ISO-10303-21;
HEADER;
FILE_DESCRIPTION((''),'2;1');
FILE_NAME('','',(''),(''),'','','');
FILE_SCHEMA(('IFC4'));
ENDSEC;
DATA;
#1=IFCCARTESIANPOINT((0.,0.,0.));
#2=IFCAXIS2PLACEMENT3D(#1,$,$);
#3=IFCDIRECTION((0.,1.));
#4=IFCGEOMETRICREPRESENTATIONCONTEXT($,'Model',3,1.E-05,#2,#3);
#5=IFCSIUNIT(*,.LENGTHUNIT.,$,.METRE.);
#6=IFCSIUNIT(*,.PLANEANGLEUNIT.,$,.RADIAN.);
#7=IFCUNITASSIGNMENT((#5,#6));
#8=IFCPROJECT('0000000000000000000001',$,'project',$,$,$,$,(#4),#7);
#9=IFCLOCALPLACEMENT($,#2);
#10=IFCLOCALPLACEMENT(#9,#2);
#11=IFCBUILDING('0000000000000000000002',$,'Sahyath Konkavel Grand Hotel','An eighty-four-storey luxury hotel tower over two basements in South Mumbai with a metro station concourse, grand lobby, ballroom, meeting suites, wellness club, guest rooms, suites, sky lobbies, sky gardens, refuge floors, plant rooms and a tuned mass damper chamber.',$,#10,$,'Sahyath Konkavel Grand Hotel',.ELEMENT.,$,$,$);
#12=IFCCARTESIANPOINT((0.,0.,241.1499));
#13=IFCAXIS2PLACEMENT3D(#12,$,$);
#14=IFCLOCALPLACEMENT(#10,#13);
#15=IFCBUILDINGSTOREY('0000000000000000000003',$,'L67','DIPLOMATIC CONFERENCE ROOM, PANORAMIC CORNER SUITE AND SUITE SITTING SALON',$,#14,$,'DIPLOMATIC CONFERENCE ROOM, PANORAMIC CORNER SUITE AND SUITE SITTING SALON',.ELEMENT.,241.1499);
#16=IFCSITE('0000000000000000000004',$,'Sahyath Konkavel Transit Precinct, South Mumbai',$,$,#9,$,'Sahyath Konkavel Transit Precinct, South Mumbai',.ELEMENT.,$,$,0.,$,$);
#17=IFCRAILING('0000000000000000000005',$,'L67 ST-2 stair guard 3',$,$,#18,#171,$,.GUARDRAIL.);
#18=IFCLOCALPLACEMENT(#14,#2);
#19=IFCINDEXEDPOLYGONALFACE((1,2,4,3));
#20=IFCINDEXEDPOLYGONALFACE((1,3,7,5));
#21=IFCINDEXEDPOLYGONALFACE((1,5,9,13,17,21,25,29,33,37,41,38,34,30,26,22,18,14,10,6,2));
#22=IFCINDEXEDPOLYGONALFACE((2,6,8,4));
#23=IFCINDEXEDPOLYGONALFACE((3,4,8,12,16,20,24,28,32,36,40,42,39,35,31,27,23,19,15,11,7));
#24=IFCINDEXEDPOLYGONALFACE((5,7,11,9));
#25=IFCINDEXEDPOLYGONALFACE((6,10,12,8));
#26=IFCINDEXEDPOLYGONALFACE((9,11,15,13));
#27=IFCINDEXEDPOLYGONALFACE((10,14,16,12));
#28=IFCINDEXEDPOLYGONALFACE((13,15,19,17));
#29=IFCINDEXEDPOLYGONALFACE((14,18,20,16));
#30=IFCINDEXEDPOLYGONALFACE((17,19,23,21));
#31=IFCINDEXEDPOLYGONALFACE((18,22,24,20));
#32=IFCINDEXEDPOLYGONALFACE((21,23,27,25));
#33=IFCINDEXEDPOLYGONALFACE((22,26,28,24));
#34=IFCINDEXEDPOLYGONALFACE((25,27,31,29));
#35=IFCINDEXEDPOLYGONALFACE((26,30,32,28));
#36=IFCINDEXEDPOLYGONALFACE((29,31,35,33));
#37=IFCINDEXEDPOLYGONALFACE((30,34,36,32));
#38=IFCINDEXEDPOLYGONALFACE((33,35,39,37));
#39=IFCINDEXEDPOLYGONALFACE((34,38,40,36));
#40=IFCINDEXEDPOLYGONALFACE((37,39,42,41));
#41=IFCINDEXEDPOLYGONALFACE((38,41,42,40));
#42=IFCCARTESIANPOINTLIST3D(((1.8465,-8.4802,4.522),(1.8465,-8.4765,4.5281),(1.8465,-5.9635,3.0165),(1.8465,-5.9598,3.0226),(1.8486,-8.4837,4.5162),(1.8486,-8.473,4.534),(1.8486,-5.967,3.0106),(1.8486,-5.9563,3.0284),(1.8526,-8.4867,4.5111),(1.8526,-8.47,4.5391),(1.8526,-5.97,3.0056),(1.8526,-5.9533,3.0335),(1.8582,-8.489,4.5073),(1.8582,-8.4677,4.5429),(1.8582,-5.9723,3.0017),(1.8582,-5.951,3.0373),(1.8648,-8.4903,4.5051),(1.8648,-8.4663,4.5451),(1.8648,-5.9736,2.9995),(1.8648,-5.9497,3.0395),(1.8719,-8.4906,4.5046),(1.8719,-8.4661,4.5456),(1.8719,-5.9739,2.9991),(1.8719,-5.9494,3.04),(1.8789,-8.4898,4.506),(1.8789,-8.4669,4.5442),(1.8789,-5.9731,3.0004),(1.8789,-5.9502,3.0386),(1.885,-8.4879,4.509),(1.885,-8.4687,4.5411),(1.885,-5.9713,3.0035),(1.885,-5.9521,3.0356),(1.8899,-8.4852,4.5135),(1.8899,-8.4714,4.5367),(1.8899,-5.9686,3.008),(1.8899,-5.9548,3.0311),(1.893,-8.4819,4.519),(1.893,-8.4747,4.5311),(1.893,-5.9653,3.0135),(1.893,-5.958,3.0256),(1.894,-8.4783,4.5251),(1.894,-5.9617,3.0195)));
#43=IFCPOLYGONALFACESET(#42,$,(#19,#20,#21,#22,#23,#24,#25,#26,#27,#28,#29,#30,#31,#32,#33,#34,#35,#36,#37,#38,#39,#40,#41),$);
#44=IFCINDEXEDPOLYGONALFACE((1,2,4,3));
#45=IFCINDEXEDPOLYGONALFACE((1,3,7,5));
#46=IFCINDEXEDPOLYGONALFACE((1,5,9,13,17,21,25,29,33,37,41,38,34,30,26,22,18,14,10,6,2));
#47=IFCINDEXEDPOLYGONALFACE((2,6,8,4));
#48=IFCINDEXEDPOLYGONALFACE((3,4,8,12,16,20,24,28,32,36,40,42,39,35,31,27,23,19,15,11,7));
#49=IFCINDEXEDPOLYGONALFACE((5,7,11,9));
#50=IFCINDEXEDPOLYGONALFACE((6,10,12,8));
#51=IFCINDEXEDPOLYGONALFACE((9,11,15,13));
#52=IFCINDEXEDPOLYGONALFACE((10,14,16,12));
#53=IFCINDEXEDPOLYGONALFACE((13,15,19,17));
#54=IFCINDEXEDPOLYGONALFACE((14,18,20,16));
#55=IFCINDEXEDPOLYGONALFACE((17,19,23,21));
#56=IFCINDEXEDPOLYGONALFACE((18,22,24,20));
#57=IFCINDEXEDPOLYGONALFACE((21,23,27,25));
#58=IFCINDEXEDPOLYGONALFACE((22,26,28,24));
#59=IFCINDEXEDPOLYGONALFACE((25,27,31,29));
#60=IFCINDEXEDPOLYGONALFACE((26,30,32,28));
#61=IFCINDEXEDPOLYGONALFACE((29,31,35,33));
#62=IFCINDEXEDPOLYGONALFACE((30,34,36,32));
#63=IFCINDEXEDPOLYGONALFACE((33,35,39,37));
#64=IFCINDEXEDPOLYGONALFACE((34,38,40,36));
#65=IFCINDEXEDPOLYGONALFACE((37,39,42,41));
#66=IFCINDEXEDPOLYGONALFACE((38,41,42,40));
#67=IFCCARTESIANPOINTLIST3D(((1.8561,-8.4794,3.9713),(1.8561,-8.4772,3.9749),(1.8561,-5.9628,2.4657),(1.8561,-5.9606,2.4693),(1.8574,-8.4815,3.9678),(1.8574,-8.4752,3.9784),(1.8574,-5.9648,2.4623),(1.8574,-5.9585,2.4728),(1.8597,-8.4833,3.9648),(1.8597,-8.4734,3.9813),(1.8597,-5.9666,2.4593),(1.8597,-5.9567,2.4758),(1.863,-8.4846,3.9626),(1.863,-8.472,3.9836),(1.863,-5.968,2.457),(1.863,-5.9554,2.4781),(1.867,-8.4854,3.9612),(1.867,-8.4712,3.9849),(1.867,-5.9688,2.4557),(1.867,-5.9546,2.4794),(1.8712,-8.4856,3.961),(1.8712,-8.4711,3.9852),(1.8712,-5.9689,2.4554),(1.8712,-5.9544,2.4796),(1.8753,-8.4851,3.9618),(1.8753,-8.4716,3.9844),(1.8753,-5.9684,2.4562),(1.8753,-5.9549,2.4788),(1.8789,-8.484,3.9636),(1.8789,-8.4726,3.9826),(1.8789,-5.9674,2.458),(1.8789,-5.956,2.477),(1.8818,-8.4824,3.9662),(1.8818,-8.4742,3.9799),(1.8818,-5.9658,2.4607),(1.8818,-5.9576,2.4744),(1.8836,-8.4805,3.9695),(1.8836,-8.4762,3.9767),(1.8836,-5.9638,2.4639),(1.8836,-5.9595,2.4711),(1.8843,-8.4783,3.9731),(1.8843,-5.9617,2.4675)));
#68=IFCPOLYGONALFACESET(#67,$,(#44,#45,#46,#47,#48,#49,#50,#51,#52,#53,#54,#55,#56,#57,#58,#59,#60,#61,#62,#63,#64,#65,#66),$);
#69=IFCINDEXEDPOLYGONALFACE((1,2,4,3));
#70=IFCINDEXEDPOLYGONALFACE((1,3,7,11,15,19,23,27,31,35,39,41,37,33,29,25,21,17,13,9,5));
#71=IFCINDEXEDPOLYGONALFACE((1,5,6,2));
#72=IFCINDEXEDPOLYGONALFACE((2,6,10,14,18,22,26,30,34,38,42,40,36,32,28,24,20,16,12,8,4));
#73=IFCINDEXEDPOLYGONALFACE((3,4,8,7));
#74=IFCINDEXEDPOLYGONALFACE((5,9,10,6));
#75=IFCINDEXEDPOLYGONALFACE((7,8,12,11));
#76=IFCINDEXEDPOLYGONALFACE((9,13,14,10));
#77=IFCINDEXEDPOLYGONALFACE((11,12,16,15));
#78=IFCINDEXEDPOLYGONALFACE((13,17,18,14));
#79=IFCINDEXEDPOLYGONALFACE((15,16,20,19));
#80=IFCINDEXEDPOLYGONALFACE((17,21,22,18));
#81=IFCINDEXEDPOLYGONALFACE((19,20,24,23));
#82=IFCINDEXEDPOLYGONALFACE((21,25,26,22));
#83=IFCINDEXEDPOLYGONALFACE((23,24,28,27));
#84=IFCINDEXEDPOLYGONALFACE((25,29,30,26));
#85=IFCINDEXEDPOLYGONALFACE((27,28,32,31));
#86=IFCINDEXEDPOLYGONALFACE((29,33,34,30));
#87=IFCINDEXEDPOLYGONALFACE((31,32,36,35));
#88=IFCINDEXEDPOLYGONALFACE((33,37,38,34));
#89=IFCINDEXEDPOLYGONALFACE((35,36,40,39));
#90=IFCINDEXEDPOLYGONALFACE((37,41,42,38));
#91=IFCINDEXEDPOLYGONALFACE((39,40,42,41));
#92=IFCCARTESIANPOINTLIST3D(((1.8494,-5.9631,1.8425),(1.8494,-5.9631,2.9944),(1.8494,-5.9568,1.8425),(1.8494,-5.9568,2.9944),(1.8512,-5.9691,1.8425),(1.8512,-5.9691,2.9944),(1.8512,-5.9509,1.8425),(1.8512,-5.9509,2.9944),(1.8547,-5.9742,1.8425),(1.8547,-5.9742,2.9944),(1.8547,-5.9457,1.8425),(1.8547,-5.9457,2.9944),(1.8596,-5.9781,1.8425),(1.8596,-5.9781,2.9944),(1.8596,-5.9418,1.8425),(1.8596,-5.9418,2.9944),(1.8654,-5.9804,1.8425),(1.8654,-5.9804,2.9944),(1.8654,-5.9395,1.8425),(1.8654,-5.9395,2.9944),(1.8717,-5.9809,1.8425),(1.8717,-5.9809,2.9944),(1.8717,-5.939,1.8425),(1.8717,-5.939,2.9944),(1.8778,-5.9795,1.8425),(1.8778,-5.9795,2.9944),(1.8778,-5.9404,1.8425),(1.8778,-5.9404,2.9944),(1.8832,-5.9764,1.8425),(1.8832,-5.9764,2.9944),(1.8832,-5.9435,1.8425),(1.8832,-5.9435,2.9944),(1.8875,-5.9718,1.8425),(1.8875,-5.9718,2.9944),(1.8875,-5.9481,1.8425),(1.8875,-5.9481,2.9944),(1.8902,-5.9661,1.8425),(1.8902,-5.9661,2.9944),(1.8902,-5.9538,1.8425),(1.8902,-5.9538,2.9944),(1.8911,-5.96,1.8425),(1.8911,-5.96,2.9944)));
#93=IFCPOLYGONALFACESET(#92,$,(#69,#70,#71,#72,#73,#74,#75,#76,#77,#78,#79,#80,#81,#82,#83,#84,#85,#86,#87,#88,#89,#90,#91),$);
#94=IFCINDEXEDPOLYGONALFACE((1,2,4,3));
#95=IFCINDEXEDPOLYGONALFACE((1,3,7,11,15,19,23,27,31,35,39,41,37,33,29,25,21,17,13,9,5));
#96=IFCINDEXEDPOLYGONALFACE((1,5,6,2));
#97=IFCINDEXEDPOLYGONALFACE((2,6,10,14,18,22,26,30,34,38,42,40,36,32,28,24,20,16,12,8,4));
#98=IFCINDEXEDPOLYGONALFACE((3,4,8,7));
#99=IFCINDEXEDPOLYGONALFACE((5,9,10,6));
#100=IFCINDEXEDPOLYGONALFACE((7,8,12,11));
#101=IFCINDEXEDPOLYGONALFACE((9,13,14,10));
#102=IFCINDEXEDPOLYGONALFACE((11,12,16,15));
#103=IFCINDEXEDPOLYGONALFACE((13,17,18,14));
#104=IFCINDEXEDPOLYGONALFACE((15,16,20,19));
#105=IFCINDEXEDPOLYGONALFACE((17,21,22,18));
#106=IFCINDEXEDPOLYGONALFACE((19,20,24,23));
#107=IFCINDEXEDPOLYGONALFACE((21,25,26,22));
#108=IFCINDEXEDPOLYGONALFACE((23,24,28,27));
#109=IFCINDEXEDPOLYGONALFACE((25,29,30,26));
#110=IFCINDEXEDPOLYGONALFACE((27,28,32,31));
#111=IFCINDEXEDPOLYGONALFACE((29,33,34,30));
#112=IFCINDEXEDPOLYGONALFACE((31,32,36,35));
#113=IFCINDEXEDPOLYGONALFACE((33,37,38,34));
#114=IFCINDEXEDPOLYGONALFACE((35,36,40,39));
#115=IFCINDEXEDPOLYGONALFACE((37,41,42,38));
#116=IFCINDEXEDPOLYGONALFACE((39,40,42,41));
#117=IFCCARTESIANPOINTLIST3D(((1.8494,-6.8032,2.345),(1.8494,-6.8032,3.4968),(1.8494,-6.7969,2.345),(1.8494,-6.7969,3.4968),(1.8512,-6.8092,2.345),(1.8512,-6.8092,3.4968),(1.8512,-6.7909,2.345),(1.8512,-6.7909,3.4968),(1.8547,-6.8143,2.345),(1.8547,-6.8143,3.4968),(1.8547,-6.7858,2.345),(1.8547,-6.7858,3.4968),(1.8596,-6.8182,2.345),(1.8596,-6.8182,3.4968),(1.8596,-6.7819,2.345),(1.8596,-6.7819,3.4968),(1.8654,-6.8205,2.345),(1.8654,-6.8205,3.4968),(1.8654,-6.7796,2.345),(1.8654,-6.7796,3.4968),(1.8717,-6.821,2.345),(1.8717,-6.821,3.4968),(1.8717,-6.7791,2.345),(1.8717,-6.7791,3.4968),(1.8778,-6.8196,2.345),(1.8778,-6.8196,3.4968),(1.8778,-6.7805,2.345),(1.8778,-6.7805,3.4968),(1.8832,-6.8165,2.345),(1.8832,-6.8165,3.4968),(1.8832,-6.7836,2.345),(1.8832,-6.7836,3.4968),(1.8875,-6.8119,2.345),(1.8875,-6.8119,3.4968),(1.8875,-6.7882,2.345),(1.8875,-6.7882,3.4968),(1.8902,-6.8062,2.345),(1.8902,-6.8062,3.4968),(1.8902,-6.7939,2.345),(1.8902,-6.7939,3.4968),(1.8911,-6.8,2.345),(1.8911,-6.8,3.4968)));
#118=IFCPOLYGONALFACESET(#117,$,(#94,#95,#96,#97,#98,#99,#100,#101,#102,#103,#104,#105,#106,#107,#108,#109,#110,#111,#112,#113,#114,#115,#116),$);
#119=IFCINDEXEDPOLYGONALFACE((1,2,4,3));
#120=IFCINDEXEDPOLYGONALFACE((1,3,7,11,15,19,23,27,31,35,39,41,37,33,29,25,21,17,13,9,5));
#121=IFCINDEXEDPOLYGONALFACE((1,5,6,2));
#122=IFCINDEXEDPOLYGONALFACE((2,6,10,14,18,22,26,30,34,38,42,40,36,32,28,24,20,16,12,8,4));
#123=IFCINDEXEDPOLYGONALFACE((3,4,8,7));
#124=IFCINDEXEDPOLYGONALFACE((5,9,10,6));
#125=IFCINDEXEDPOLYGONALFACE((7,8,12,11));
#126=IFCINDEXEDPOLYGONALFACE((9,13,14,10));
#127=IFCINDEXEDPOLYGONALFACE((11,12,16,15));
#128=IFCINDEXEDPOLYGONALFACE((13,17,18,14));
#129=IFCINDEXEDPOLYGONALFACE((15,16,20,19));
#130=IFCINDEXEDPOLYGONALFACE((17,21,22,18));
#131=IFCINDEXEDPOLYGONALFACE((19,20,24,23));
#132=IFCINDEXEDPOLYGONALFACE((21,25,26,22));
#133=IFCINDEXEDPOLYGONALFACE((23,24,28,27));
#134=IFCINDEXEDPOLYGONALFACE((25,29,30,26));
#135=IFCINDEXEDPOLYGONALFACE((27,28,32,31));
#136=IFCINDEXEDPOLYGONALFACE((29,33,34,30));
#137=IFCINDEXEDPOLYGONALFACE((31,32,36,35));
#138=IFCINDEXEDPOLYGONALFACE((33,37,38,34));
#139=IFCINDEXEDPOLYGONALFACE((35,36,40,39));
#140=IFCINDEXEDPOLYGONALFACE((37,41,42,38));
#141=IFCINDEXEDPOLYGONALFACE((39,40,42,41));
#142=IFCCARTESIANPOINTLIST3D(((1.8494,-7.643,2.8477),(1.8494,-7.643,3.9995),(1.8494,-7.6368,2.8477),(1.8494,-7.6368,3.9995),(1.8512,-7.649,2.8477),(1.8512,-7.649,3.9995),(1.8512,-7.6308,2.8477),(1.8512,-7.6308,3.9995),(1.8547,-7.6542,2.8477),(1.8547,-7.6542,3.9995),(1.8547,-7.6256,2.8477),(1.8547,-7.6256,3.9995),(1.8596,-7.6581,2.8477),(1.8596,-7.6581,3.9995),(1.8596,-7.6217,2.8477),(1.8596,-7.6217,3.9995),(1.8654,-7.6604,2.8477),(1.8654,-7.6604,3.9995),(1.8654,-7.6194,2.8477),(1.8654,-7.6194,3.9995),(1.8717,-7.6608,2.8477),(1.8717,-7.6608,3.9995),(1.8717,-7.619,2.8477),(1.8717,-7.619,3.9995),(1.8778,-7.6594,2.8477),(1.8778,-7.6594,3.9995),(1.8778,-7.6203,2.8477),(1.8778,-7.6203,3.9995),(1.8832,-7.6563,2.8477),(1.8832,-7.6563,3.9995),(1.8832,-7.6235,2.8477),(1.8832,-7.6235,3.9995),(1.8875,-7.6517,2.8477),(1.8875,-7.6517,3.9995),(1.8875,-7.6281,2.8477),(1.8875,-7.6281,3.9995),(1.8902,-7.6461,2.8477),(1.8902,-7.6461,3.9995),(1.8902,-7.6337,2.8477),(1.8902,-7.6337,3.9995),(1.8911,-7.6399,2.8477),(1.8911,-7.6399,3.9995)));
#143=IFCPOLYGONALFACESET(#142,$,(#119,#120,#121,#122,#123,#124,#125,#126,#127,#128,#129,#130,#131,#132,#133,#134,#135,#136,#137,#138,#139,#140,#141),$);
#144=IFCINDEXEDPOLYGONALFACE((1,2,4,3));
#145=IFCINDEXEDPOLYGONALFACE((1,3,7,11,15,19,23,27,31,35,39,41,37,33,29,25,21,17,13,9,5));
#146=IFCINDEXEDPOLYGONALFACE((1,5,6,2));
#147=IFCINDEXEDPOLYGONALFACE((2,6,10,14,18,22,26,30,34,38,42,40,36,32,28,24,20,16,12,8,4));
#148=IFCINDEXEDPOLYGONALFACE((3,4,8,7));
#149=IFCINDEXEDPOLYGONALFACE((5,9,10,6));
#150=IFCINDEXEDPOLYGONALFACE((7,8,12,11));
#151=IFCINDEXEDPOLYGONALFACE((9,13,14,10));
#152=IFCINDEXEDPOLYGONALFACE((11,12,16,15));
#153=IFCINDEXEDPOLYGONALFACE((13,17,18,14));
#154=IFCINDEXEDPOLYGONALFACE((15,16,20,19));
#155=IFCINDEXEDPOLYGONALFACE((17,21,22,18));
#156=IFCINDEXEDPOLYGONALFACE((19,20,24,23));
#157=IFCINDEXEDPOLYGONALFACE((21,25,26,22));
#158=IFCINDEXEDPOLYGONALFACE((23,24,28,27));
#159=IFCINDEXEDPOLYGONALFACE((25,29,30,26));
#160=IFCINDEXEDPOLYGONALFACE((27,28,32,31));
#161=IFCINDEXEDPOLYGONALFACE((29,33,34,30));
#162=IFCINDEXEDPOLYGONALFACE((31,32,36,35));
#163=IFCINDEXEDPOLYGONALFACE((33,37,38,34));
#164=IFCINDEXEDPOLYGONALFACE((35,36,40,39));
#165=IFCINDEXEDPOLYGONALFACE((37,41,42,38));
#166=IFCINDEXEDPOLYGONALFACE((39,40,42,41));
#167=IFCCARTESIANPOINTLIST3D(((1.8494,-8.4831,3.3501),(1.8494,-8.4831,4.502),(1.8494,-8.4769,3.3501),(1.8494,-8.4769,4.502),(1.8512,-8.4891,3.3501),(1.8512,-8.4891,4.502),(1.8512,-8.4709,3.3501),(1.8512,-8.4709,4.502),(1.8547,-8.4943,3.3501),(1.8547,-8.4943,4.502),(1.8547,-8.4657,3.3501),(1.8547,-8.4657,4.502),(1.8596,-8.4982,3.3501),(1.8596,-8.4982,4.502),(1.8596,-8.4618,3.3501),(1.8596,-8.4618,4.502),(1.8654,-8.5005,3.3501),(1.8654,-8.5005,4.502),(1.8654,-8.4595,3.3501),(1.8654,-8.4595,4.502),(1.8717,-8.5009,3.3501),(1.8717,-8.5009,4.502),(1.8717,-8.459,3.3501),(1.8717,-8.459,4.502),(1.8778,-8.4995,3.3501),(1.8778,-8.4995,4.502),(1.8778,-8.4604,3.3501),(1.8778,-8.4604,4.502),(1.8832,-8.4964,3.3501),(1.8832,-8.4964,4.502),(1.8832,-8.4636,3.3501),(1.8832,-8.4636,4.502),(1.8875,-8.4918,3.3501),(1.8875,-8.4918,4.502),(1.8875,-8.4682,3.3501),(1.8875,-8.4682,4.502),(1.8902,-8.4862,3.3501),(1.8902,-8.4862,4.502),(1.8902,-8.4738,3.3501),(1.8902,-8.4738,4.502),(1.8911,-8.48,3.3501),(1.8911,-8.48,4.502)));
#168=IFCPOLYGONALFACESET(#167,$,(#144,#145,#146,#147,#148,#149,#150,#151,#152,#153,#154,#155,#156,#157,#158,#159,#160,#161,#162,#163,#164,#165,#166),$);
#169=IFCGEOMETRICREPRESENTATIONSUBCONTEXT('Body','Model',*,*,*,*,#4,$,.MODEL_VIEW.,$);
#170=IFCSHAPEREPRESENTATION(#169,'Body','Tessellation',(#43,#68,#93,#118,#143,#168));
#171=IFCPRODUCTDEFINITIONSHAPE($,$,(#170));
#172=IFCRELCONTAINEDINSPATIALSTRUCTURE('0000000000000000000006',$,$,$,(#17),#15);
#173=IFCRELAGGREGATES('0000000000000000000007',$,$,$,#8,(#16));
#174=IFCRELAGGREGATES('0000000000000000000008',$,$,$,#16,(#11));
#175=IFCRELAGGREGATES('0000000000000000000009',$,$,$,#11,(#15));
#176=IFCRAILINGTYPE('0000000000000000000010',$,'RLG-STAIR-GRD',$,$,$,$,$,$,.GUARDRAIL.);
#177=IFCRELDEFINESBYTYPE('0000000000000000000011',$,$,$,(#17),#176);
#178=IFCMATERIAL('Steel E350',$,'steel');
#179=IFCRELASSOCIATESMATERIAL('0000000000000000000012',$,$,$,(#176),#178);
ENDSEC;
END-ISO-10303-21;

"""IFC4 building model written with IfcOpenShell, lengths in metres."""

from ifc_helpers import new_model, si_unit, direction, frame, origin, origin_2d, place, context, subcontext, project, spatial, circle, extrude, material, type_object, element, save


model = new_model("IFC4")

# Units and contexts
model_context = context("Model", 3, precision=1e-05, world=origin(), true_north=direction((0.0, 1.0)))
body_context = subcontext(model_context, "Body", "Model", "MODEL_VIEW")
ifc_project = project(units=[si_unit("LENGTHUNIT", "METRE"), si_unit("PLANEANGLEUNIT", "RADIAN")], contexts=[model_context])

# Site, building, storey
site_placement = place(None, origin())
site = spatial("IfcSite", under=ifc_project, at=site_placement, Name="Sahyath Konkavel Transit Precinct, South Mumbai", LongName="Sahyath Konkavel Transit Precinct, South Mumbai", CompositionType="ELEMENT", RefElevation=0.0)
building_placement = place(site_placement, origin())
building = spatial("IfcBuilding", under=site, at=building_placement, Name="Sahyath Konkavel Grand Hotel", Description="An eighty-four-storey luxury hotel tower over two basements in South Mumbai with a metro station concourse, grand lobby, ballroom, meeting suites, wellness club, guest rooms, suites, sky lobbies, sky gardens, refuge floors, plant rooms and a tuned mass damper chamber.", LongName="Sahyath Konkavel Grand Hotel", CompositionType="ELEMENT")
storey_placement = place(building_placement, frame((0.0, 0.0, 241.1499)))
storey = spatial("IfcBuildingStorey", under=building, at=storey_placement, Name="L67", Description="DIPLOMATIC CONFERENCE ROOM, PANORAMIC CORNER SUITE AND SUITE SITTING SALON", LongName="DIPLOMATIC CONFERENCE ROOM, PANORAMIC CORNER SUITE AND SUITE SITTING SALON", CompositionType="ELEMENT", Elevation=241.1499)

# Shared definitions
ifc_material_1 = material(Name="Steel E350", Category="steel")

# Railing
railing_type_1 = type_object("IfcRailingType", Name="RLG-STAIR-GRD", PredefinedType="GUARDRAIL", material=ifc_material_1)
railing_1_placement = place(storey_placement, frame((1.8701, -5.96, 1.8425)))
element("IfcRailing", 1, at=railing_1_placement, inside=storey, type_object=railing_type_1, Name="L67 ST-2 stair guard 3", PredefinedType="GUARDRAIL", context=body_context, shape_type="SweptSolid", body=[
    extrude(circle(Radius=0.0239, at=origin_2d()), frame((0.0, -0.0017, 1.177), z_axis=(0.0, -0.85816, 0.513383), x_axis=(1.0, 0.0, 0.0)), (0.0, 0.0, 1.0), 2.9326),
    extrude(circle(Radius=0.0142, at=origin_2d()), frame((0.0, -0.0017, 0.625), z_axis=(0.0, -0.85816, 0.513383), x_axis=(1.0, 0.0, 0.0)), (0.0, 0.0, 1.0), 2.9326),
    extrude(circle(Radius=0.021, at=origin_2d()), origin(), (0.0, 0.0, 1.0), 1.1519),
    extrude(circle(Radius=0.021, at=origin_2d()), frame((0.0, -0.8401, 0.5024)), (0.0, 0.0, 1.0), 1.1519),
    extrude(circle(Radius=0.021, at=origin_2d()), frame((0.0, -1.6799, 1.0051)), (0.0, 0.0, 1.0), 1.1519),
    extrude(circle(Radius=0.021, at=origin_2d()), frame((0.0, -2.52, 1.5076)), (0.0, 0.0, 1.0), 1.1519),
])

save(model, "model.ifc")
